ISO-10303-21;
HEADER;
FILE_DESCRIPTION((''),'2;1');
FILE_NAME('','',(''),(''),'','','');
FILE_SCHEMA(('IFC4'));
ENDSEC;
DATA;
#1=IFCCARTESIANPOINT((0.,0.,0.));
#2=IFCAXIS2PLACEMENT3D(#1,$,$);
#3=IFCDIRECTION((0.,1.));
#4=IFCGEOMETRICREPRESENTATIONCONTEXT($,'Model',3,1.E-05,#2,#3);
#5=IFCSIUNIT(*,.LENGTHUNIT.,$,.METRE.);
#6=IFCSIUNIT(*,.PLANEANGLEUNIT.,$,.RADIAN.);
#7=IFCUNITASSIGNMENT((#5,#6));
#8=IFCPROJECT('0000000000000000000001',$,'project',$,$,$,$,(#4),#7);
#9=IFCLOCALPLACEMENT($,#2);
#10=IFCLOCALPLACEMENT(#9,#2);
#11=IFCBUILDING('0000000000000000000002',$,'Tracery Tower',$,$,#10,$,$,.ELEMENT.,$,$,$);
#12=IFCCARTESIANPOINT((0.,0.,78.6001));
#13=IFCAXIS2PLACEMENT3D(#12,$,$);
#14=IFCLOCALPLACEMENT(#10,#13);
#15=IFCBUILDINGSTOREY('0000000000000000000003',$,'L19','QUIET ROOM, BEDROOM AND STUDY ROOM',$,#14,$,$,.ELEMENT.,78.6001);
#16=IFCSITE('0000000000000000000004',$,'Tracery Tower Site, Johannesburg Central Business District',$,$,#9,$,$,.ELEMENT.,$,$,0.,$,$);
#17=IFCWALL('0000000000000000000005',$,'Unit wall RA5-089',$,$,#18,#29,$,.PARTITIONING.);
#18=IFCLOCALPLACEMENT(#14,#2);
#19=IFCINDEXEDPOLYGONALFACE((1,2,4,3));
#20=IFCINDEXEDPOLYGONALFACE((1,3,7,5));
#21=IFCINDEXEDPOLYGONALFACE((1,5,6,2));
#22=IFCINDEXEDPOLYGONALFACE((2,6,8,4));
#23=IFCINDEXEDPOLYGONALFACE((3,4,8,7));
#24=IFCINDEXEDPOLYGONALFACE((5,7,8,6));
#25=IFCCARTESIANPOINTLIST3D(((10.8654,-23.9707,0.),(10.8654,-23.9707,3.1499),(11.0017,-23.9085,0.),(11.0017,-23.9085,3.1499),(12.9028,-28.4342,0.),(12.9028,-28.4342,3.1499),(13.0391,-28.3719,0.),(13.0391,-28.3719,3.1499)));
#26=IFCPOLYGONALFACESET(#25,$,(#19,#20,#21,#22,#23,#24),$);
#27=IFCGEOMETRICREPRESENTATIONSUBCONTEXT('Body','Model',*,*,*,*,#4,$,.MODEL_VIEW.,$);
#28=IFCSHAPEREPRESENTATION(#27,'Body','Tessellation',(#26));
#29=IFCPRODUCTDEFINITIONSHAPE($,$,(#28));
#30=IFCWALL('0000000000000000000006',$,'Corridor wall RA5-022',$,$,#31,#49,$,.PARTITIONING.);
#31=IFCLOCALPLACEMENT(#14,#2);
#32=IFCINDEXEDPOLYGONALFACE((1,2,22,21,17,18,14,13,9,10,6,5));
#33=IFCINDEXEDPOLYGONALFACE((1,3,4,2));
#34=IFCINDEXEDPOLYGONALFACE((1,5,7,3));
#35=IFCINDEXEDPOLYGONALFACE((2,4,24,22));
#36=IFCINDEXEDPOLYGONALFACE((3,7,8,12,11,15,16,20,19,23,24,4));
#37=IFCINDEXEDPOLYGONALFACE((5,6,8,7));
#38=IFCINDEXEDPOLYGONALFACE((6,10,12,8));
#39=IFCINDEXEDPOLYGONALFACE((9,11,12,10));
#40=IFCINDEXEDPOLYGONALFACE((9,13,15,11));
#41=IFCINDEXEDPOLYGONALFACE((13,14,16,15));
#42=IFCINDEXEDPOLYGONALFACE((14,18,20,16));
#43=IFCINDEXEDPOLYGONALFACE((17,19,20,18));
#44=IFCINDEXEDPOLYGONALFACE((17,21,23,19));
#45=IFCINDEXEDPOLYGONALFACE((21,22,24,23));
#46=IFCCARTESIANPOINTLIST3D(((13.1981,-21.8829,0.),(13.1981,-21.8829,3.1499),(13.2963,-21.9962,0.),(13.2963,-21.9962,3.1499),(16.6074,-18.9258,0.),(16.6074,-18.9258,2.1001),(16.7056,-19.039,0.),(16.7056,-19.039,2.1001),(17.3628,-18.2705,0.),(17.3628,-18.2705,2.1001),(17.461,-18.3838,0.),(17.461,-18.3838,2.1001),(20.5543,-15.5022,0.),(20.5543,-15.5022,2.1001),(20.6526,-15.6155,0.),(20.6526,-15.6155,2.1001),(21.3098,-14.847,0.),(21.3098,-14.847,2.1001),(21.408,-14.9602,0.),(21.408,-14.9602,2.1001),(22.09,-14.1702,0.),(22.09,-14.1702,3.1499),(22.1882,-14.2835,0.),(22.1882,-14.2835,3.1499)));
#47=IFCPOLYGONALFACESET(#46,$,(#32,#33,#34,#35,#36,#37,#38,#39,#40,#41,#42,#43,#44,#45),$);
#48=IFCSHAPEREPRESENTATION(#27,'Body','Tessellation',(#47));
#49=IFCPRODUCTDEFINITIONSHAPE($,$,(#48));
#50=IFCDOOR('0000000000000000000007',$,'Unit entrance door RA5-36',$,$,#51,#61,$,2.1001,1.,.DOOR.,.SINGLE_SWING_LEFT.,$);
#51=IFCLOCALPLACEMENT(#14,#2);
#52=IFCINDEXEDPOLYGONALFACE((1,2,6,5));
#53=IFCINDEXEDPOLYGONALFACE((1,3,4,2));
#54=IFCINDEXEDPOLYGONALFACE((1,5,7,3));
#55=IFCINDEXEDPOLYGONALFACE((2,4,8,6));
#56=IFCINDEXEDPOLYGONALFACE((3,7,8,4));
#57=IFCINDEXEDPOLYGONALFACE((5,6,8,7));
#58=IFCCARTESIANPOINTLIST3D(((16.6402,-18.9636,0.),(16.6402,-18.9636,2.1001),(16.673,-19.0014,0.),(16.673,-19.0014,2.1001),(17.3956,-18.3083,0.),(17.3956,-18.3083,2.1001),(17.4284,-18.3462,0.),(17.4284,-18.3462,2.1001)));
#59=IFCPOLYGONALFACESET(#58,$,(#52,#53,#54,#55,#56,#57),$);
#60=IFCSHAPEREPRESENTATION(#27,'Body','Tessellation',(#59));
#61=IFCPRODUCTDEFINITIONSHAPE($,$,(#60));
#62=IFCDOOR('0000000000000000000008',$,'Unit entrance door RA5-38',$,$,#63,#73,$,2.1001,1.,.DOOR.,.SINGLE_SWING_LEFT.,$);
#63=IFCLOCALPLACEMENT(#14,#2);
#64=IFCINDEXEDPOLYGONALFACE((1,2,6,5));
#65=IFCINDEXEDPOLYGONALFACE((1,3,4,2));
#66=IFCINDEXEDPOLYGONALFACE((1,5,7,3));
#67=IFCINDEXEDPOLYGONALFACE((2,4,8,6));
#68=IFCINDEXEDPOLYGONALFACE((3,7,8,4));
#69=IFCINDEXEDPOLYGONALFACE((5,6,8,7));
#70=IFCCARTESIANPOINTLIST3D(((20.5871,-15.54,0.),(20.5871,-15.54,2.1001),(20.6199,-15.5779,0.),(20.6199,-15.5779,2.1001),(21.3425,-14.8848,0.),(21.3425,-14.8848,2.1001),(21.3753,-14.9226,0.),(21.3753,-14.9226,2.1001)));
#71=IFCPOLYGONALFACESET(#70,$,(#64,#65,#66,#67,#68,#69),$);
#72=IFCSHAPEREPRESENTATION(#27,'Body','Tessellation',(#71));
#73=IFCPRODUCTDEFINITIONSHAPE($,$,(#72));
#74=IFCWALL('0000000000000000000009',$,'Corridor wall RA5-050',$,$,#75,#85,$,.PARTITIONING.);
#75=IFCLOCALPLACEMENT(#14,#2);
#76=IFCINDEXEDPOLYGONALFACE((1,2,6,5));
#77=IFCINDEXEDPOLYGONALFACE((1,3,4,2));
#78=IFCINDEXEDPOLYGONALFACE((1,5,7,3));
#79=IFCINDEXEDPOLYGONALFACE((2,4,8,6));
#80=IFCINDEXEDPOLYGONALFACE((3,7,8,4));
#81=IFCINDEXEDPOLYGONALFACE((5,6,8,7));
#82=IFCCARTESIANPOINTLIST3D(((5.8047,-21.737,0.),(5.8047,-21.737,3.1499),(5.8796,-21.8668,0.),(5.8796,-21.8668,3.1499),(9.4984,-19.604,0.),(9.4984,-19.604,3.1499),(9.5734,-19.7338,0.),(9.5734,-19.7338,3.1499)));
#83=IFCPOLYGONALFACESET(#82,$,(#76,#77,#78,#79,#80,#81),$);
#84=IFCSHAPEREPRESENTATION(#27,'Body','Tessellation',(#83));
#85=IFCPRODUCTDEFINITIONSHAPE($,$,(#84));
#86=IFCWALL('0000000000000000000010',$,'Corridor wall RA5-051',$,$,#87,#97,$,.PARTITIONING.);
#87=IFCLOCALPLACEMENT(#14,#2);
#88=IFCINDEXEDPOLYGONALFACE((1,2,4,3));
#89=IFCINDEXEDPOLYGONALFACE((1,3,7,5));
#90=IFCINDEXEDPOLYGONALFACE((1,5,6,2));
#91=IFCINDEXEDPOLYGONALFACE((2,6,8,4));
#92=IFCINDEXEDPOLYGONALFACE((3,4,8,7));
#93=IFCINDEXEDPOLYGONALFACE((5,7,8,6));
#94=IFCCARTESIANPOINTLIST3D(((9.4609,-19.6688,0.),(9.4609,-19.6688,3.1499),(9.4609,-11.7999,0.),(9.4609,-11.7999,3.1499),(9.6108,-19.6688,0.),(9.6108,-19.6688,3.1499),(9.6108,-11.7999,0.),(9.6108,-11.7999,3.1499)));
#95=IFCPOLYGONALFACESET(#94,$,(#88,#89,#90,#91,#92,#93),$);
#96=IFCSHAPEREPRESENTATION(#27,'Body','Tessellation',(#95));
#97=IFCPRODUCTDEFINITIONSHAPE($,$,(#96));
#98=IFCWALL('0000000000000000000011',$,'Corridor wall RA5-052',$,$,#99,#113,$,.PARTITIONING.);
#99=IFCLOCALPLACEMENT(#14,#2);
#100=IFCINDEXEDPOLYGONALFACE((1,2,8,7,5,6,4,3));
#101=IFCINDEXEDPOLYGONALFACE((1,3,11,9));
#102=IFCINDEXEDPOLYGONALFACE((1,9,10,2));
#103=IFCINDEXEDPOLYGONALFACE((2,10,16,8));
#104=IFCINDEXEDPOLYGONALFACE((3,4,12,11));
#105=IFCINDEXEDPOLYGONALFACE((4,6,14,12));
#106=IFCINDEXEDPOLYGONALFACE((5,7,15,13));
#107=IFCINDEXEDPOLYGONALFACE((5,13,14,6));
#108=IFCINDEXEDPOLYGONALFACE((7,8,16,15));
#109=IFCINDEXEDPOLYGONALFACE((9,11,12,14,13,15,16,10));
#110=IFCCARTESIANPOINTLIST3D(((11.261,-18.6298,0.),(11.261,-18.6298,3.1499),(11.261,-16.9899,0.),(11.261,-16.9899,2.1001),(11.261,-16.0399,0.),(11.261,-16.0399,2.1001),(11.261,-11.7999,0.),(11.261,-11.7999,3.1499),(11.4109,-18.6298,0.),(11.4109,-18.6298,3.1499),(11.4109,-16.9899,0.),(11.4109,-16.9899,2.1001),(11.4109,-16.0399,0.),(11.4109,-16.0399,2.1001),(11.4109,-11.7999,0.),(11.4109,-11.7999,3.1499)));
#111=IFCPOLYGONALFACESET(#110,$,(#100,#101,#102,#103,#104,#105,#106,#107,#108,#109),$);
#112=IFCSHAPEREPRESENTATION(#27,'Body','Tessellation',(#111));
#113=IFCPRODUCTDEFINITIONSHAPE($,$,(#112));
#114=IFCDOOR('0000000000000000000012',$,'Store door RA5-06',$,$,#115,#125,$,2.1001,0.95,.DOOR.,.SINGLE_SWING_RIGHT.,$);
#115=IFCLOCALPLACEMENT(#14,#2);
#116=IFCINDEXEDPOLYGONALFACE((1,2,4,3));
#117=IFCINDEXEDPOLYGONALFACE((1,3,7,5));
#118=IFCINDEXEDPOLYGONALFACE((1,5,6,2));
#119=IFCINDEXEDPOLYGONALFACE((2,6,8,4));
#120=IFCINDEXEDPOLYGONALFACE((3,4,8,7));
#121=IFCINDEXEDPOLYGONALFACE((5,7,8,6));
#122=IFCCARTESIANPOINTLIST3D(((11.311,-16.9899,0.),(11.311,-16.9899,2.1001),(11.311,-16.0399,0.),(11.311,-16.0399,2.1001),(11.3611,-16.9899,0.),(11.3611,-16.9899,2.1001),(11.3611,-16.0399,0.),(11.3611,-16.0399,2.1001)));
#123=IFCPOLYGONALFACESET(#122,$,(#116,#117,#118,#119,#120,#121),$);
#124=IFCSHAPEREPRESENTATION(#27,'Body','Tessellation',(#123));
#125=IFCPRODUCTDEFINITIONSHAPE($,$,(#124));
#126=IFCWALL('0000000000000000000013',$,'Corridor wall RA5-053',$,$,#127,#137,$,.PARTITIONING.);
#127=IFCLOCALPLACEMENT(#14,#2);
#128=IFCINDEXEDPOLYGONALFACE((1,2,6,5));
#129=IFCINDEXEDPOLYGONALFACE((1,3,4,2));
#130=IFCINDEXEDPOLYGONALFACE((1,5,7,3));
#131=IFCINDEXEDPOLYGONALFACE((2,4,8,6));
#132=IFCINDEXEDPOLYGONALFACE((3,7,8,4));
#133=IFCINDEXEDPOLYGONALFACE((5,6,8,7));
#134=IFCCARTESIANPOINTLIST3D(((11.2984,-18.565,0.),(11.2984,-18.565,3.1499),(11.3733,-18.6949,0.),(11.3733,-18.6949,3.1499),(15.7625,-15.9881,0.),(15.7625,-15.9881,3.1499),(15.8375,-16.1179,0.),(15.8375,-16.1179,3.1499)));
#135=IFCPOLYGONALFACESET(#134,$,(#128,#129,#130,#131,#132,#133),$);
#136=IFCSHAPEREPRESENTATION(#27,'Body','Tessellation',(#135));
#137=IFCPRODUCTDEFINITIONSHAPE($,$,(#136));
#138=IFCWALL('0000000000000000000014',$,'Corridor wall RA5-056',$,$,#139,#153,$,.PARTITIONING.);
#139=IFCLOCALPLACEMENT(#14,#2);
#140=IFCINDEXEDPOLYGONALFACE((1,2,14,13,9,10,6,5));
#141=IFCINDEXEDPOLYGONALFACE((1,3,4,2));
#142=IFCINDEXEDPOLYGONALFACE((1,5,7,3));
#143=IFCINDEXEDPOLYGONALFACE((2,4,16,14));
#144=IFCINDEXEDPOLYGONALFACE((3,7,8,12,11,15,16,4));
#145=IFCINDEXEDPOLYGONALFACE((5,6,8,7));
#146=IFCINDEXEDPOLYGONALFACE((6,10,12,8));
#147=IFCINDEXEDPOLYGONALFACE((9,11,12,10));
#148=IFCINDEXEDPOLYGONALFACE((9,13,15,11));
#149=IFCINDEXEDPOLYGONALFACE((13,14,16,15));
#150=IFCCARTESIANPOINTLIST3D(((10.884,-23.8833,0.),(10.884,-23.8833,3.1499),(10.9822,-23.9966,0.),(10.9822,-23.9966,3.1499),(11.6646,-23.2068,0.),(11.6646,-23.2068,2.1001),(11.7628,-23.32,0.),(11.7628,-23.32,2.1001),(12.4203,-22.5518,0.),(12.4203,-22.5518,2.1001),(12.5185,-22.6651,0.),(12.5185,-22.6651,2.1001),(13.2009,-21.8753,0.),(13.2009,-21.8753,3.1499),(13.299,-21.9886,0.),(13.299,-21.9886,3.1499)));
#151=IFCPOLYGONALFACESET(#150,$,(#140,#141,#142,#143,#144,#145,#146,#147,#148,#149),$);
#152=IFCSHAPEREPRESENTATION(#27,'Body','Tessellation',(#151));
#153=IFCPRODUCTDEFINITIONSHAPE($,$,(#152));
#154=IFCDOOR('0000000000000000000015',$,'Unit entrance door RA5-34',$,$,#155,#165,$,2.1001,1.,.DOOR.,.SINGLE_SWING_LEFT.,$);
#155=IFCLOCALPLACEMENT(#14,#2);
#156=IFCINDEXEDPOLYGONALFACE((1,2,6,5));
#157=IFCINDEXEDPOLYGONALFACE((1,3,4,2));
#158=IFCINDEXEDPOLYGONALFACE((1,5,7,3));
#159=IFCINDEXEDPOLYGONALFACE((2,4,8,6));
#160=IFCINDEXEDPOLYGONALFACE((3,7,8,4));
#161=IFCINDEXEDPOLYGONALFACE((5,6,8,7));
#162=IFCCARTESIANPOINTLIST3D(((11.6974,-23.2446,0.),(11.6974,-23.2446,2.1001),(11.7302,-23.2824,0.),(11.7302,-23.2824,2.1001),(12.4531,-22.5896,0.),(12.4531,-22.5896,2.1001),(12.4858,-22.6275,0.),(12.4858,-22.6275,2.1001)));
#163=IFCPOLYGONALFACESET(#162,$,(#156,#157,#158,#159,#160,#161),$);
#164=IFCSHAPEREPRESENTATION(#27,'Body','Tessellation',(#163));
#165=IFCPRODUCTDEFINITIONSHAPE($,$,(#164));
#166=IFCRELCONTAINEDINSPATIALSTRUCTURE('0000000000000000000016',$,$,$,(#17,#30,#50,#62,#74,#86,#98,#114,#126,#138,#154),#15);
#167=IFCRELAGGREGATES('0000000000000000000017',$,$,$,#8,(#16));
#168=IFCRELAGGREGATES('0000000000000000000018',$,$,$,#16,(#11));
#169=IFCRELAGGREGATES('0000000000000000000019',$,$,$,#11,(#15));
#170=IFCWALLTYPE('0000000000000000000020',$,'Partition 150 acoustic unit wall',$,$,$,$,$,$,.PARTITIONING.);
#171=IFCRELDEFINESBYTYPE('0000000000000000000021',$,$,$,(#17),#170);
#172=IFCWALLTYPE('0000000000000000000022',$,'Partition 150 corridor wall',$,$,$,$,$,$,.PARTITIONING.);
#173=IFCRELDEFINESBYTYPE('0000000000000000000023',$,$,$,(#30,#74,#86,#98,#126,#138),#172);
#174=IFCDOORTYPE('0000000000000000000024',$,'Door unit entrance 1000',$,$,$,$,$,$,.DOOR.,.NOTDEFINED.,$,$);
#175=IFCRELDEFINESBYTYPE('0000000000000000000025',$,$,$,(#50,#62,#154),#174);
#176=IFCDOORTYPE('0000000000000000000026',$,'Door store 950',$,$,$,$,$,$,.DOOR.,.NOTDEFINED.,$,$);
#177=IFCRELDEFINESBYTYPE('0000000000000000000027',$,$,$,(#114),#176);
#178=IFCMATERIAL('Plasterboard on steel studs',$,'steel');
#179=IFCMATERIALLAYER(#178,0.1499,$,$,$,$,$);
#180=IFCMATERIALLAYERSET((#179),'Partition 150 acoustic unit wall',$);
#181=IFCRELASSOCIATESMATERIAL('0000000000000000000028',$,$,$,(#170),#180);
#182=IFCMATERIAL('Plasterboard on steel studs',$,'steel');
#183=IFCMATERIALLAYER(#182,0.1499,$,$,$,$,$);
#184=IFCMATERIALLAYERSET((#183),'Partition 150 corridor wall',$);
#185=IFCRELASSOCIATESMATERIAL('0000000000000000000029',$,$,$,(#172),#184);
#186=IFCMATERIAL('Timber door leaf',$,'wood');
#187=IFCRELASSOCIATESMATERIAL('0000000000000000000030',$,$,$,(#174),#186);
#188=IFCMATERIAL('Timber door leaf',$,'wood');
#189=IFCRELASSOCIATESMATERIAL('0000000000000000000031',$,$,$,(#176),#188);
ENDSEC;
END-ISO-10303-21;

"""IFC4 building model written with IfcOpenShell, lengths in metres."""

from ifc_helpers import new_model, si_unit, direction, frame, frame_2d, origin, place, context, subcontext, project, spatial, rectangle, extrude, material, layer, layer_set, type_object, element, fill, save


model = new_model("IFC4")

# Units and contexts
model_context = context("Model", 3, precision=1e-05, world=origin(), true_north=direction((0.0, 1.0)))
body_context = subcontext(model_context, "Body", "Model", "MODEL_VIEW")
ifc_project = project(units=[si_unit("LENGTHUNIT", "METRE"), si_unit("PLANEANGLEUNIT", "RADIAN")], contexts=[model_context])

# Site, building, storey
site_placement = place(None, origin())
site = spatial("IfcSite", under=ifc_project, at=site_placement, Name="Tracery Tower Site, Johannesburg Central Business District", CompositionType="ELEMENT", RefElevation=0.0)
building_placement = place(site_placement, origin())
building = spatial("IfcBuilding", under=site, at=building_placement, Name="Tracery Tower", CompositionType="ELEMENT")
storey_placement = place(building_placement, frame((0.0, 0.0, 78.6001)))
storey = spatial("IfcBuildingStorey", under=building, at=storey_placement, Name="L19", Description="QUIET ROOM, BEDROOM AND STUDY ROOM", CompositionType="ELEMENT", Elevation=78.6001)

# Wall
ifc_material_1 = material(Name="Plasterboard on steel studs", Category="steel")
ifc_layer_1 = layer(ifc_material_1, 0.1499)
ifc_layer_set_1 = layer_set([ifc_layer_1], Name="Partition 150 acoustic unit wall")
wall_type_1 = type_object("IfcWallType", Name="Partition 150 acoustic unit wall", PredefinedType="PARTITIONING", material=ifc_layer_set_1)
wall_1_placement = place(storey_placement, frame((10.9336, -23.9397, 0.0), z_axis=(0.0, 0.0, 1.0), x_axis=(0.415246, -0.909709, 0.0)))
element("IfcWall", 1, at=wall_1_placement, inside=storey, type_object=wall_type_1, Name="Unit wall RA5-089", PredefinedType="PARTITIONING", context=body_context, shape_type="SweptSolid", body=[
    extrude(rectangle(XDim=4.9065, YDim=0.1499, at=frame_2d((2.4531, 0.0))), origin(), (0.0, 0.0, 1.0), 3.1499),
])

# Wall, openings, doors
ifc_material_2 = material(Name="Plasterboard on steel studs", Category="steel")
ifc_layer_2 = layer(ifc_material_2, 0.1499)
ifc_layer_set_2 = layer_set([ifc_layer_2], Name="Partition 150 corridor wall")
wall_type_2 = type_object("IfcWallType", Name="Partition 150 corridor wall", PredefinedType="PARTITIONING", material=ifc_layer_set_2)
wall_2_placement = place(storey_placement, frame((13.2473, -21.9395, 0.0), z_axis=(0.0, 0.0, 1.0), x_axis=(0.755421, 0.65524, 0.0)))
wall_2 = element("IfcWall", 2, at=wall_2_placement, inside=storey, type_object=wall_type_2, Name="Corridor wall RA5-022", PredefinedType="PARTITIONING", context=body_context, shape_type="SweptSolid", body=[
    extrude(rectangle(XDim=11.7708, YDim=0.1499, at=frame_2d((5.8853, 0.0))), origin(), (0.0, 0.0, 1.0), 3.1499),
])
opening_1_placement = place(wall_2_placement, frame((4.5129, 0.0, 0.0)))
opening_1 = element("IfcOpeningElement", 3, at=opening_1_placement, cuts=wall_2, PredefinedType="OPENING", context=body_context, shape_type="SweptSolid", body=[
    extrude(rectangle(XDim=1.0, YDim=2.1001, at=frame_2d((0.5, 1.05))), frame((0.0, 0.075, 0.0), z_axis=(0.0, -1.0, 0.0), x_axis=(1.0, 0.0, 0.0)), (0.0, 0.0, 1.0), 0.1499),
])
opening_2_placement = place(wall_2_placement, frame((9.7378, 0.0, 0.0)))
opening_2 = element("IfcOpeningElement", 4, at=opening_2_placement, cuts=wall_2, PredefinedType="OPENING", context=body_context, shape_type="SweptSolid", body=[
    extrude(rectangle(XDim=1.0, YDim=2.1001, at=frame_2d((0.5, 1.05))), frame((0.0, 0.075, 0.0), z_axis=(0.0, -1.0, 0.0), x_axis=(1.0, 0.0, 0.0)), (0.0, 0.0, 1.0), 0.1499),
])
ifc_material_3 = material(Name="Timber door leaf", Category="wood")
door_type_1 = type_object("IfcDoorType", Name="Door unit entrance 1000", OperationType="NOTDEFINED", PredefinedType="DOOR", material=ifc_material_3)
door_1_placement = place(opening_1_placement, origin())
door_1 = element("IfcDoor", 5, at=door_1_placement, inside=storey, type_object=door_type_1, Name="Unit entrance door RA5-36", OperationType="SINGLE_SWING_LEFT", OverallHeight=2.1001, OverallWidth=1.0, PredefinedType="DOOR", context=body_context, shape_type="SweptSolid", body=[
    extrude(rectangle(XDim=1.0, YDim=2.1001, at=frame_2d((0.5, 1.05))), frame((0.0, 0.0249, 0.0), z_axis=(0.0, -1.0, 0.0), x_axis=(1.0, 0.0, 0.0)), (0.0, 0.0, 1.0), 0.05),
])
fill(opening_1, door_1)
door_2_placement = place(opening_2_placement, origin())
door_2 = element("IfcDoor", 6, at=door_2_placement, inside=storey, type_object=door_type_1, Name="Unit entrance door RA5-38", OperationType="SINGLE_SWING_LEFT", OverallHeight=2.1001, OverallWidth=1.0, PredefinedType="DOOR", context=body_context, shape_type="SweptSolid", body=[
    extrude(rectangle(XDim=1.0, YDim=2.1001, at=frame_2d((0.5, 1.05))), frame((0.0, 0.0249, 0.0), z_axis=(0.0, -1.0, 0.0), x_axis=(1.0, 0.0, 0.0)), (0.0, 0.0, 1.0), 0.05),
])
fill(opening_2, door_2)

# Walls
wall_3_placement = place(storey_placement, frame((5.842, -21.802, 0.0), z_axis=(0.0, 0.0, 1.0), x_axis=(0.865984, 0.500073, 0.0)))
element("IfcWall", 7, at=wall_3_placement, inside=storey, type_object=wall_type_2, Name="Corridor wall RA5-050", PredefinedType="PARTITIONING", context=body_context, shape_type="SweptSolid", body=[
    extrude(rectangle(XDim=4.2654, YDim=0.1499, at=frame_2d((2.1328, 0.0))), origin(), (0.0, 0.0, 1.0), 3.1499),
])
wall_4_placement = place(storey_placement, frame((9.5359, -19.6689, 0.0), z_axis=(0.0, 0.0, 1.0), x_axis=(0.0, 1.0, 0.0)))
element("IfcWall", 8, at=wall_4_placement, inside=storey, type_object=wall_type_2, Name="Corridor wall RA5-051", PredefinedType="PARTITIONING", context=body_context, shape_type="SweptSolid", body=[
    extrude(rectangle(XDim=7.8689, YDim=0.1499, at=frame_2d((3.9346, 0.0))), origin(), (0.0, 0.0, 1.0), 3.1499),
])

# Wall, opening, door
wall_5_placement = place(storey_placement, frame((11.3359, -18.6299, 0.0), z_axis=(0.0, 0.0, 1.0), x_axis=(0.0, 1.0, 0.0)))
wall_5 = element("IfcWall", 9, at=wall_5_placement, inside=storey, type_object=wall_type_2, Name="Corridor wall RA5-052", PredefinedType="PARTITIONING", context=body_context, shape_type="SweptSolid", body=[
    extrude(rectangle(XDim=6.8298, YDim=0.1499, at=frame_2d((3.415, 0.0))), origin(), (0.0, 0.0, 1.0), 3.1499),
])
opening_3_placement = place(wall_5_placement, frame((1.6399, 0.0, 0.0)))
opening_3 = element("IfcOpeningElement", 10, at=opening_3_placement, cuts=wall_5, PredefinedType="OPENING", context=body_context, shape_type="SweptSolid", body=[
    extrude(rectangle(XDim=0.95, YDim=2.1001, at=frame_2d((0.4751, 1.05))), frame((0.0, 0.075, 0.0), z_axis=(0.0, -1.0, 0.0), x_axis=(1.0, 0.0, 0.0)), (0.0, 0.0, 1.0), 0.1499),
])
ifc_material_4 = material(Name="Timber door leaf", Category="wood")
door_type_2 = type_object("IfcDoorType", Name="Door store 950", OperationType="NOTDEFINED", PredefinedType="DOOR", material=ifc_material_4)
door_3_placement = place(opening_3_placement, origin())
door_3 = element("IfcDoor", 11, at=door_3_placement, inside=storey, type_object=door_type_2, Name="Store door RA5-06", OperationType="SINGLE_SWING_RIGHT", OverallHeight=2.1001, OverallWidth=0.95, PredefinedType="DOOR", context=body_context, shape_type="SweptSolid", body=[
    extrude(rectangle(XDim=0.95, YDim=2.1001, at=frame_2d((0.4751, 1.05))), frame((0.0, 0.0249, 0.0), z_axis=(0.0, -1.0, 0.0), x_axis=(1.0, 0.0, 0.0)), (0.0, 0.0, 1.0), 0.05),
])
fill(opening_3, door_3)

# Wall
wall_6_placement = place(storey_placement, frame((11.3359, -18.6299, 0.0), z_axis=(0.0, 0.0, 1.0), x_axis=(0.866063, 0.499934, 0.0)))
element("IfcWall", 12, at=wall_6_placement, inside=storey, type_object=wall_type_2, Name="Corridor wall RA5-053", PredefinedType="PARTITIONING", context=body_context, shape_type="SweptSolid", body=[
    extrude(rectangle(XDim=5.1545, YDim=0.1499, at=frame_2d((2.5771, 0.0))), origin(), (0.0, 0.0, 1.0), 3.1499),
])

# Wall, opening, door
wall_7_placement = place(storey_placement, frame((10.9331, -23.9399, 0.0), z_axis=(0.0, 0.0, 1.0), x_axis=(0.755676, 0.654946, 0.0)))
wall_7 = element("IfcWall", 13, at=wall_7_placement, inside=storey, type_object=wall_type_2, Name="Corridor wall RA5-056", PredefinedType="PARTITIONING", context=body_context, shape_type="SweptSolid", body=[
    extrude(rectangle(XDim=3.0659, YDim=0.1499, at=frame_2d((1.533, 0.0))), origin(), (0.0, 0.0, 1.0), 3.1499),
])
opening_4_placement = place(wall_7_placement, frame((1.033, 0.0, 0.0)))
opening_4 = element("IfcOpeningElement", 14, at=opening_4_placement, cuts=wall_7, PredefinedType="OPENING", context=body_context, shape_type="SweptSolid", body=[
    extrude(rectangle(XDim=1.0, YDim=2.1001, at=frame_2d((0.5, 1.05))), frame((0.0, 0.075, 0.0), z_axis=(0.0, -1.0, 0.0), x_axis=(1.0, 0.0, 0.0)), (0.0, 0.0, 1.0), 0.1499),
])
door_4_placement = place(opening_4_placement, origin())
door_4 = element("IfcDoor", 15, at=door_4_placement, inside=storey, type_object=door_type_1, Name="Unit entrance door RA5-34", OperationType="SINGLE_SWING_LEFT", OverallHeight=2.1001, OverallWidth=1.0, PredefinedType="DOOR", context=body_context, shape_type="SweptSolid", body=[
    extrude(rectangle(XDim=1.0, YDim=2.1001, at=frame_2d((0.5, 1.05))), frame((0.0, 0.0249, 0.0), z_axis=(0.0, -1.0, 0.0), x_axis=(1.0, 0.0, 0.0)), (0.0, 0.0, 1.0), 0.05),
])
fill(opening_4, door_4)

save(model, "model.ifc")
